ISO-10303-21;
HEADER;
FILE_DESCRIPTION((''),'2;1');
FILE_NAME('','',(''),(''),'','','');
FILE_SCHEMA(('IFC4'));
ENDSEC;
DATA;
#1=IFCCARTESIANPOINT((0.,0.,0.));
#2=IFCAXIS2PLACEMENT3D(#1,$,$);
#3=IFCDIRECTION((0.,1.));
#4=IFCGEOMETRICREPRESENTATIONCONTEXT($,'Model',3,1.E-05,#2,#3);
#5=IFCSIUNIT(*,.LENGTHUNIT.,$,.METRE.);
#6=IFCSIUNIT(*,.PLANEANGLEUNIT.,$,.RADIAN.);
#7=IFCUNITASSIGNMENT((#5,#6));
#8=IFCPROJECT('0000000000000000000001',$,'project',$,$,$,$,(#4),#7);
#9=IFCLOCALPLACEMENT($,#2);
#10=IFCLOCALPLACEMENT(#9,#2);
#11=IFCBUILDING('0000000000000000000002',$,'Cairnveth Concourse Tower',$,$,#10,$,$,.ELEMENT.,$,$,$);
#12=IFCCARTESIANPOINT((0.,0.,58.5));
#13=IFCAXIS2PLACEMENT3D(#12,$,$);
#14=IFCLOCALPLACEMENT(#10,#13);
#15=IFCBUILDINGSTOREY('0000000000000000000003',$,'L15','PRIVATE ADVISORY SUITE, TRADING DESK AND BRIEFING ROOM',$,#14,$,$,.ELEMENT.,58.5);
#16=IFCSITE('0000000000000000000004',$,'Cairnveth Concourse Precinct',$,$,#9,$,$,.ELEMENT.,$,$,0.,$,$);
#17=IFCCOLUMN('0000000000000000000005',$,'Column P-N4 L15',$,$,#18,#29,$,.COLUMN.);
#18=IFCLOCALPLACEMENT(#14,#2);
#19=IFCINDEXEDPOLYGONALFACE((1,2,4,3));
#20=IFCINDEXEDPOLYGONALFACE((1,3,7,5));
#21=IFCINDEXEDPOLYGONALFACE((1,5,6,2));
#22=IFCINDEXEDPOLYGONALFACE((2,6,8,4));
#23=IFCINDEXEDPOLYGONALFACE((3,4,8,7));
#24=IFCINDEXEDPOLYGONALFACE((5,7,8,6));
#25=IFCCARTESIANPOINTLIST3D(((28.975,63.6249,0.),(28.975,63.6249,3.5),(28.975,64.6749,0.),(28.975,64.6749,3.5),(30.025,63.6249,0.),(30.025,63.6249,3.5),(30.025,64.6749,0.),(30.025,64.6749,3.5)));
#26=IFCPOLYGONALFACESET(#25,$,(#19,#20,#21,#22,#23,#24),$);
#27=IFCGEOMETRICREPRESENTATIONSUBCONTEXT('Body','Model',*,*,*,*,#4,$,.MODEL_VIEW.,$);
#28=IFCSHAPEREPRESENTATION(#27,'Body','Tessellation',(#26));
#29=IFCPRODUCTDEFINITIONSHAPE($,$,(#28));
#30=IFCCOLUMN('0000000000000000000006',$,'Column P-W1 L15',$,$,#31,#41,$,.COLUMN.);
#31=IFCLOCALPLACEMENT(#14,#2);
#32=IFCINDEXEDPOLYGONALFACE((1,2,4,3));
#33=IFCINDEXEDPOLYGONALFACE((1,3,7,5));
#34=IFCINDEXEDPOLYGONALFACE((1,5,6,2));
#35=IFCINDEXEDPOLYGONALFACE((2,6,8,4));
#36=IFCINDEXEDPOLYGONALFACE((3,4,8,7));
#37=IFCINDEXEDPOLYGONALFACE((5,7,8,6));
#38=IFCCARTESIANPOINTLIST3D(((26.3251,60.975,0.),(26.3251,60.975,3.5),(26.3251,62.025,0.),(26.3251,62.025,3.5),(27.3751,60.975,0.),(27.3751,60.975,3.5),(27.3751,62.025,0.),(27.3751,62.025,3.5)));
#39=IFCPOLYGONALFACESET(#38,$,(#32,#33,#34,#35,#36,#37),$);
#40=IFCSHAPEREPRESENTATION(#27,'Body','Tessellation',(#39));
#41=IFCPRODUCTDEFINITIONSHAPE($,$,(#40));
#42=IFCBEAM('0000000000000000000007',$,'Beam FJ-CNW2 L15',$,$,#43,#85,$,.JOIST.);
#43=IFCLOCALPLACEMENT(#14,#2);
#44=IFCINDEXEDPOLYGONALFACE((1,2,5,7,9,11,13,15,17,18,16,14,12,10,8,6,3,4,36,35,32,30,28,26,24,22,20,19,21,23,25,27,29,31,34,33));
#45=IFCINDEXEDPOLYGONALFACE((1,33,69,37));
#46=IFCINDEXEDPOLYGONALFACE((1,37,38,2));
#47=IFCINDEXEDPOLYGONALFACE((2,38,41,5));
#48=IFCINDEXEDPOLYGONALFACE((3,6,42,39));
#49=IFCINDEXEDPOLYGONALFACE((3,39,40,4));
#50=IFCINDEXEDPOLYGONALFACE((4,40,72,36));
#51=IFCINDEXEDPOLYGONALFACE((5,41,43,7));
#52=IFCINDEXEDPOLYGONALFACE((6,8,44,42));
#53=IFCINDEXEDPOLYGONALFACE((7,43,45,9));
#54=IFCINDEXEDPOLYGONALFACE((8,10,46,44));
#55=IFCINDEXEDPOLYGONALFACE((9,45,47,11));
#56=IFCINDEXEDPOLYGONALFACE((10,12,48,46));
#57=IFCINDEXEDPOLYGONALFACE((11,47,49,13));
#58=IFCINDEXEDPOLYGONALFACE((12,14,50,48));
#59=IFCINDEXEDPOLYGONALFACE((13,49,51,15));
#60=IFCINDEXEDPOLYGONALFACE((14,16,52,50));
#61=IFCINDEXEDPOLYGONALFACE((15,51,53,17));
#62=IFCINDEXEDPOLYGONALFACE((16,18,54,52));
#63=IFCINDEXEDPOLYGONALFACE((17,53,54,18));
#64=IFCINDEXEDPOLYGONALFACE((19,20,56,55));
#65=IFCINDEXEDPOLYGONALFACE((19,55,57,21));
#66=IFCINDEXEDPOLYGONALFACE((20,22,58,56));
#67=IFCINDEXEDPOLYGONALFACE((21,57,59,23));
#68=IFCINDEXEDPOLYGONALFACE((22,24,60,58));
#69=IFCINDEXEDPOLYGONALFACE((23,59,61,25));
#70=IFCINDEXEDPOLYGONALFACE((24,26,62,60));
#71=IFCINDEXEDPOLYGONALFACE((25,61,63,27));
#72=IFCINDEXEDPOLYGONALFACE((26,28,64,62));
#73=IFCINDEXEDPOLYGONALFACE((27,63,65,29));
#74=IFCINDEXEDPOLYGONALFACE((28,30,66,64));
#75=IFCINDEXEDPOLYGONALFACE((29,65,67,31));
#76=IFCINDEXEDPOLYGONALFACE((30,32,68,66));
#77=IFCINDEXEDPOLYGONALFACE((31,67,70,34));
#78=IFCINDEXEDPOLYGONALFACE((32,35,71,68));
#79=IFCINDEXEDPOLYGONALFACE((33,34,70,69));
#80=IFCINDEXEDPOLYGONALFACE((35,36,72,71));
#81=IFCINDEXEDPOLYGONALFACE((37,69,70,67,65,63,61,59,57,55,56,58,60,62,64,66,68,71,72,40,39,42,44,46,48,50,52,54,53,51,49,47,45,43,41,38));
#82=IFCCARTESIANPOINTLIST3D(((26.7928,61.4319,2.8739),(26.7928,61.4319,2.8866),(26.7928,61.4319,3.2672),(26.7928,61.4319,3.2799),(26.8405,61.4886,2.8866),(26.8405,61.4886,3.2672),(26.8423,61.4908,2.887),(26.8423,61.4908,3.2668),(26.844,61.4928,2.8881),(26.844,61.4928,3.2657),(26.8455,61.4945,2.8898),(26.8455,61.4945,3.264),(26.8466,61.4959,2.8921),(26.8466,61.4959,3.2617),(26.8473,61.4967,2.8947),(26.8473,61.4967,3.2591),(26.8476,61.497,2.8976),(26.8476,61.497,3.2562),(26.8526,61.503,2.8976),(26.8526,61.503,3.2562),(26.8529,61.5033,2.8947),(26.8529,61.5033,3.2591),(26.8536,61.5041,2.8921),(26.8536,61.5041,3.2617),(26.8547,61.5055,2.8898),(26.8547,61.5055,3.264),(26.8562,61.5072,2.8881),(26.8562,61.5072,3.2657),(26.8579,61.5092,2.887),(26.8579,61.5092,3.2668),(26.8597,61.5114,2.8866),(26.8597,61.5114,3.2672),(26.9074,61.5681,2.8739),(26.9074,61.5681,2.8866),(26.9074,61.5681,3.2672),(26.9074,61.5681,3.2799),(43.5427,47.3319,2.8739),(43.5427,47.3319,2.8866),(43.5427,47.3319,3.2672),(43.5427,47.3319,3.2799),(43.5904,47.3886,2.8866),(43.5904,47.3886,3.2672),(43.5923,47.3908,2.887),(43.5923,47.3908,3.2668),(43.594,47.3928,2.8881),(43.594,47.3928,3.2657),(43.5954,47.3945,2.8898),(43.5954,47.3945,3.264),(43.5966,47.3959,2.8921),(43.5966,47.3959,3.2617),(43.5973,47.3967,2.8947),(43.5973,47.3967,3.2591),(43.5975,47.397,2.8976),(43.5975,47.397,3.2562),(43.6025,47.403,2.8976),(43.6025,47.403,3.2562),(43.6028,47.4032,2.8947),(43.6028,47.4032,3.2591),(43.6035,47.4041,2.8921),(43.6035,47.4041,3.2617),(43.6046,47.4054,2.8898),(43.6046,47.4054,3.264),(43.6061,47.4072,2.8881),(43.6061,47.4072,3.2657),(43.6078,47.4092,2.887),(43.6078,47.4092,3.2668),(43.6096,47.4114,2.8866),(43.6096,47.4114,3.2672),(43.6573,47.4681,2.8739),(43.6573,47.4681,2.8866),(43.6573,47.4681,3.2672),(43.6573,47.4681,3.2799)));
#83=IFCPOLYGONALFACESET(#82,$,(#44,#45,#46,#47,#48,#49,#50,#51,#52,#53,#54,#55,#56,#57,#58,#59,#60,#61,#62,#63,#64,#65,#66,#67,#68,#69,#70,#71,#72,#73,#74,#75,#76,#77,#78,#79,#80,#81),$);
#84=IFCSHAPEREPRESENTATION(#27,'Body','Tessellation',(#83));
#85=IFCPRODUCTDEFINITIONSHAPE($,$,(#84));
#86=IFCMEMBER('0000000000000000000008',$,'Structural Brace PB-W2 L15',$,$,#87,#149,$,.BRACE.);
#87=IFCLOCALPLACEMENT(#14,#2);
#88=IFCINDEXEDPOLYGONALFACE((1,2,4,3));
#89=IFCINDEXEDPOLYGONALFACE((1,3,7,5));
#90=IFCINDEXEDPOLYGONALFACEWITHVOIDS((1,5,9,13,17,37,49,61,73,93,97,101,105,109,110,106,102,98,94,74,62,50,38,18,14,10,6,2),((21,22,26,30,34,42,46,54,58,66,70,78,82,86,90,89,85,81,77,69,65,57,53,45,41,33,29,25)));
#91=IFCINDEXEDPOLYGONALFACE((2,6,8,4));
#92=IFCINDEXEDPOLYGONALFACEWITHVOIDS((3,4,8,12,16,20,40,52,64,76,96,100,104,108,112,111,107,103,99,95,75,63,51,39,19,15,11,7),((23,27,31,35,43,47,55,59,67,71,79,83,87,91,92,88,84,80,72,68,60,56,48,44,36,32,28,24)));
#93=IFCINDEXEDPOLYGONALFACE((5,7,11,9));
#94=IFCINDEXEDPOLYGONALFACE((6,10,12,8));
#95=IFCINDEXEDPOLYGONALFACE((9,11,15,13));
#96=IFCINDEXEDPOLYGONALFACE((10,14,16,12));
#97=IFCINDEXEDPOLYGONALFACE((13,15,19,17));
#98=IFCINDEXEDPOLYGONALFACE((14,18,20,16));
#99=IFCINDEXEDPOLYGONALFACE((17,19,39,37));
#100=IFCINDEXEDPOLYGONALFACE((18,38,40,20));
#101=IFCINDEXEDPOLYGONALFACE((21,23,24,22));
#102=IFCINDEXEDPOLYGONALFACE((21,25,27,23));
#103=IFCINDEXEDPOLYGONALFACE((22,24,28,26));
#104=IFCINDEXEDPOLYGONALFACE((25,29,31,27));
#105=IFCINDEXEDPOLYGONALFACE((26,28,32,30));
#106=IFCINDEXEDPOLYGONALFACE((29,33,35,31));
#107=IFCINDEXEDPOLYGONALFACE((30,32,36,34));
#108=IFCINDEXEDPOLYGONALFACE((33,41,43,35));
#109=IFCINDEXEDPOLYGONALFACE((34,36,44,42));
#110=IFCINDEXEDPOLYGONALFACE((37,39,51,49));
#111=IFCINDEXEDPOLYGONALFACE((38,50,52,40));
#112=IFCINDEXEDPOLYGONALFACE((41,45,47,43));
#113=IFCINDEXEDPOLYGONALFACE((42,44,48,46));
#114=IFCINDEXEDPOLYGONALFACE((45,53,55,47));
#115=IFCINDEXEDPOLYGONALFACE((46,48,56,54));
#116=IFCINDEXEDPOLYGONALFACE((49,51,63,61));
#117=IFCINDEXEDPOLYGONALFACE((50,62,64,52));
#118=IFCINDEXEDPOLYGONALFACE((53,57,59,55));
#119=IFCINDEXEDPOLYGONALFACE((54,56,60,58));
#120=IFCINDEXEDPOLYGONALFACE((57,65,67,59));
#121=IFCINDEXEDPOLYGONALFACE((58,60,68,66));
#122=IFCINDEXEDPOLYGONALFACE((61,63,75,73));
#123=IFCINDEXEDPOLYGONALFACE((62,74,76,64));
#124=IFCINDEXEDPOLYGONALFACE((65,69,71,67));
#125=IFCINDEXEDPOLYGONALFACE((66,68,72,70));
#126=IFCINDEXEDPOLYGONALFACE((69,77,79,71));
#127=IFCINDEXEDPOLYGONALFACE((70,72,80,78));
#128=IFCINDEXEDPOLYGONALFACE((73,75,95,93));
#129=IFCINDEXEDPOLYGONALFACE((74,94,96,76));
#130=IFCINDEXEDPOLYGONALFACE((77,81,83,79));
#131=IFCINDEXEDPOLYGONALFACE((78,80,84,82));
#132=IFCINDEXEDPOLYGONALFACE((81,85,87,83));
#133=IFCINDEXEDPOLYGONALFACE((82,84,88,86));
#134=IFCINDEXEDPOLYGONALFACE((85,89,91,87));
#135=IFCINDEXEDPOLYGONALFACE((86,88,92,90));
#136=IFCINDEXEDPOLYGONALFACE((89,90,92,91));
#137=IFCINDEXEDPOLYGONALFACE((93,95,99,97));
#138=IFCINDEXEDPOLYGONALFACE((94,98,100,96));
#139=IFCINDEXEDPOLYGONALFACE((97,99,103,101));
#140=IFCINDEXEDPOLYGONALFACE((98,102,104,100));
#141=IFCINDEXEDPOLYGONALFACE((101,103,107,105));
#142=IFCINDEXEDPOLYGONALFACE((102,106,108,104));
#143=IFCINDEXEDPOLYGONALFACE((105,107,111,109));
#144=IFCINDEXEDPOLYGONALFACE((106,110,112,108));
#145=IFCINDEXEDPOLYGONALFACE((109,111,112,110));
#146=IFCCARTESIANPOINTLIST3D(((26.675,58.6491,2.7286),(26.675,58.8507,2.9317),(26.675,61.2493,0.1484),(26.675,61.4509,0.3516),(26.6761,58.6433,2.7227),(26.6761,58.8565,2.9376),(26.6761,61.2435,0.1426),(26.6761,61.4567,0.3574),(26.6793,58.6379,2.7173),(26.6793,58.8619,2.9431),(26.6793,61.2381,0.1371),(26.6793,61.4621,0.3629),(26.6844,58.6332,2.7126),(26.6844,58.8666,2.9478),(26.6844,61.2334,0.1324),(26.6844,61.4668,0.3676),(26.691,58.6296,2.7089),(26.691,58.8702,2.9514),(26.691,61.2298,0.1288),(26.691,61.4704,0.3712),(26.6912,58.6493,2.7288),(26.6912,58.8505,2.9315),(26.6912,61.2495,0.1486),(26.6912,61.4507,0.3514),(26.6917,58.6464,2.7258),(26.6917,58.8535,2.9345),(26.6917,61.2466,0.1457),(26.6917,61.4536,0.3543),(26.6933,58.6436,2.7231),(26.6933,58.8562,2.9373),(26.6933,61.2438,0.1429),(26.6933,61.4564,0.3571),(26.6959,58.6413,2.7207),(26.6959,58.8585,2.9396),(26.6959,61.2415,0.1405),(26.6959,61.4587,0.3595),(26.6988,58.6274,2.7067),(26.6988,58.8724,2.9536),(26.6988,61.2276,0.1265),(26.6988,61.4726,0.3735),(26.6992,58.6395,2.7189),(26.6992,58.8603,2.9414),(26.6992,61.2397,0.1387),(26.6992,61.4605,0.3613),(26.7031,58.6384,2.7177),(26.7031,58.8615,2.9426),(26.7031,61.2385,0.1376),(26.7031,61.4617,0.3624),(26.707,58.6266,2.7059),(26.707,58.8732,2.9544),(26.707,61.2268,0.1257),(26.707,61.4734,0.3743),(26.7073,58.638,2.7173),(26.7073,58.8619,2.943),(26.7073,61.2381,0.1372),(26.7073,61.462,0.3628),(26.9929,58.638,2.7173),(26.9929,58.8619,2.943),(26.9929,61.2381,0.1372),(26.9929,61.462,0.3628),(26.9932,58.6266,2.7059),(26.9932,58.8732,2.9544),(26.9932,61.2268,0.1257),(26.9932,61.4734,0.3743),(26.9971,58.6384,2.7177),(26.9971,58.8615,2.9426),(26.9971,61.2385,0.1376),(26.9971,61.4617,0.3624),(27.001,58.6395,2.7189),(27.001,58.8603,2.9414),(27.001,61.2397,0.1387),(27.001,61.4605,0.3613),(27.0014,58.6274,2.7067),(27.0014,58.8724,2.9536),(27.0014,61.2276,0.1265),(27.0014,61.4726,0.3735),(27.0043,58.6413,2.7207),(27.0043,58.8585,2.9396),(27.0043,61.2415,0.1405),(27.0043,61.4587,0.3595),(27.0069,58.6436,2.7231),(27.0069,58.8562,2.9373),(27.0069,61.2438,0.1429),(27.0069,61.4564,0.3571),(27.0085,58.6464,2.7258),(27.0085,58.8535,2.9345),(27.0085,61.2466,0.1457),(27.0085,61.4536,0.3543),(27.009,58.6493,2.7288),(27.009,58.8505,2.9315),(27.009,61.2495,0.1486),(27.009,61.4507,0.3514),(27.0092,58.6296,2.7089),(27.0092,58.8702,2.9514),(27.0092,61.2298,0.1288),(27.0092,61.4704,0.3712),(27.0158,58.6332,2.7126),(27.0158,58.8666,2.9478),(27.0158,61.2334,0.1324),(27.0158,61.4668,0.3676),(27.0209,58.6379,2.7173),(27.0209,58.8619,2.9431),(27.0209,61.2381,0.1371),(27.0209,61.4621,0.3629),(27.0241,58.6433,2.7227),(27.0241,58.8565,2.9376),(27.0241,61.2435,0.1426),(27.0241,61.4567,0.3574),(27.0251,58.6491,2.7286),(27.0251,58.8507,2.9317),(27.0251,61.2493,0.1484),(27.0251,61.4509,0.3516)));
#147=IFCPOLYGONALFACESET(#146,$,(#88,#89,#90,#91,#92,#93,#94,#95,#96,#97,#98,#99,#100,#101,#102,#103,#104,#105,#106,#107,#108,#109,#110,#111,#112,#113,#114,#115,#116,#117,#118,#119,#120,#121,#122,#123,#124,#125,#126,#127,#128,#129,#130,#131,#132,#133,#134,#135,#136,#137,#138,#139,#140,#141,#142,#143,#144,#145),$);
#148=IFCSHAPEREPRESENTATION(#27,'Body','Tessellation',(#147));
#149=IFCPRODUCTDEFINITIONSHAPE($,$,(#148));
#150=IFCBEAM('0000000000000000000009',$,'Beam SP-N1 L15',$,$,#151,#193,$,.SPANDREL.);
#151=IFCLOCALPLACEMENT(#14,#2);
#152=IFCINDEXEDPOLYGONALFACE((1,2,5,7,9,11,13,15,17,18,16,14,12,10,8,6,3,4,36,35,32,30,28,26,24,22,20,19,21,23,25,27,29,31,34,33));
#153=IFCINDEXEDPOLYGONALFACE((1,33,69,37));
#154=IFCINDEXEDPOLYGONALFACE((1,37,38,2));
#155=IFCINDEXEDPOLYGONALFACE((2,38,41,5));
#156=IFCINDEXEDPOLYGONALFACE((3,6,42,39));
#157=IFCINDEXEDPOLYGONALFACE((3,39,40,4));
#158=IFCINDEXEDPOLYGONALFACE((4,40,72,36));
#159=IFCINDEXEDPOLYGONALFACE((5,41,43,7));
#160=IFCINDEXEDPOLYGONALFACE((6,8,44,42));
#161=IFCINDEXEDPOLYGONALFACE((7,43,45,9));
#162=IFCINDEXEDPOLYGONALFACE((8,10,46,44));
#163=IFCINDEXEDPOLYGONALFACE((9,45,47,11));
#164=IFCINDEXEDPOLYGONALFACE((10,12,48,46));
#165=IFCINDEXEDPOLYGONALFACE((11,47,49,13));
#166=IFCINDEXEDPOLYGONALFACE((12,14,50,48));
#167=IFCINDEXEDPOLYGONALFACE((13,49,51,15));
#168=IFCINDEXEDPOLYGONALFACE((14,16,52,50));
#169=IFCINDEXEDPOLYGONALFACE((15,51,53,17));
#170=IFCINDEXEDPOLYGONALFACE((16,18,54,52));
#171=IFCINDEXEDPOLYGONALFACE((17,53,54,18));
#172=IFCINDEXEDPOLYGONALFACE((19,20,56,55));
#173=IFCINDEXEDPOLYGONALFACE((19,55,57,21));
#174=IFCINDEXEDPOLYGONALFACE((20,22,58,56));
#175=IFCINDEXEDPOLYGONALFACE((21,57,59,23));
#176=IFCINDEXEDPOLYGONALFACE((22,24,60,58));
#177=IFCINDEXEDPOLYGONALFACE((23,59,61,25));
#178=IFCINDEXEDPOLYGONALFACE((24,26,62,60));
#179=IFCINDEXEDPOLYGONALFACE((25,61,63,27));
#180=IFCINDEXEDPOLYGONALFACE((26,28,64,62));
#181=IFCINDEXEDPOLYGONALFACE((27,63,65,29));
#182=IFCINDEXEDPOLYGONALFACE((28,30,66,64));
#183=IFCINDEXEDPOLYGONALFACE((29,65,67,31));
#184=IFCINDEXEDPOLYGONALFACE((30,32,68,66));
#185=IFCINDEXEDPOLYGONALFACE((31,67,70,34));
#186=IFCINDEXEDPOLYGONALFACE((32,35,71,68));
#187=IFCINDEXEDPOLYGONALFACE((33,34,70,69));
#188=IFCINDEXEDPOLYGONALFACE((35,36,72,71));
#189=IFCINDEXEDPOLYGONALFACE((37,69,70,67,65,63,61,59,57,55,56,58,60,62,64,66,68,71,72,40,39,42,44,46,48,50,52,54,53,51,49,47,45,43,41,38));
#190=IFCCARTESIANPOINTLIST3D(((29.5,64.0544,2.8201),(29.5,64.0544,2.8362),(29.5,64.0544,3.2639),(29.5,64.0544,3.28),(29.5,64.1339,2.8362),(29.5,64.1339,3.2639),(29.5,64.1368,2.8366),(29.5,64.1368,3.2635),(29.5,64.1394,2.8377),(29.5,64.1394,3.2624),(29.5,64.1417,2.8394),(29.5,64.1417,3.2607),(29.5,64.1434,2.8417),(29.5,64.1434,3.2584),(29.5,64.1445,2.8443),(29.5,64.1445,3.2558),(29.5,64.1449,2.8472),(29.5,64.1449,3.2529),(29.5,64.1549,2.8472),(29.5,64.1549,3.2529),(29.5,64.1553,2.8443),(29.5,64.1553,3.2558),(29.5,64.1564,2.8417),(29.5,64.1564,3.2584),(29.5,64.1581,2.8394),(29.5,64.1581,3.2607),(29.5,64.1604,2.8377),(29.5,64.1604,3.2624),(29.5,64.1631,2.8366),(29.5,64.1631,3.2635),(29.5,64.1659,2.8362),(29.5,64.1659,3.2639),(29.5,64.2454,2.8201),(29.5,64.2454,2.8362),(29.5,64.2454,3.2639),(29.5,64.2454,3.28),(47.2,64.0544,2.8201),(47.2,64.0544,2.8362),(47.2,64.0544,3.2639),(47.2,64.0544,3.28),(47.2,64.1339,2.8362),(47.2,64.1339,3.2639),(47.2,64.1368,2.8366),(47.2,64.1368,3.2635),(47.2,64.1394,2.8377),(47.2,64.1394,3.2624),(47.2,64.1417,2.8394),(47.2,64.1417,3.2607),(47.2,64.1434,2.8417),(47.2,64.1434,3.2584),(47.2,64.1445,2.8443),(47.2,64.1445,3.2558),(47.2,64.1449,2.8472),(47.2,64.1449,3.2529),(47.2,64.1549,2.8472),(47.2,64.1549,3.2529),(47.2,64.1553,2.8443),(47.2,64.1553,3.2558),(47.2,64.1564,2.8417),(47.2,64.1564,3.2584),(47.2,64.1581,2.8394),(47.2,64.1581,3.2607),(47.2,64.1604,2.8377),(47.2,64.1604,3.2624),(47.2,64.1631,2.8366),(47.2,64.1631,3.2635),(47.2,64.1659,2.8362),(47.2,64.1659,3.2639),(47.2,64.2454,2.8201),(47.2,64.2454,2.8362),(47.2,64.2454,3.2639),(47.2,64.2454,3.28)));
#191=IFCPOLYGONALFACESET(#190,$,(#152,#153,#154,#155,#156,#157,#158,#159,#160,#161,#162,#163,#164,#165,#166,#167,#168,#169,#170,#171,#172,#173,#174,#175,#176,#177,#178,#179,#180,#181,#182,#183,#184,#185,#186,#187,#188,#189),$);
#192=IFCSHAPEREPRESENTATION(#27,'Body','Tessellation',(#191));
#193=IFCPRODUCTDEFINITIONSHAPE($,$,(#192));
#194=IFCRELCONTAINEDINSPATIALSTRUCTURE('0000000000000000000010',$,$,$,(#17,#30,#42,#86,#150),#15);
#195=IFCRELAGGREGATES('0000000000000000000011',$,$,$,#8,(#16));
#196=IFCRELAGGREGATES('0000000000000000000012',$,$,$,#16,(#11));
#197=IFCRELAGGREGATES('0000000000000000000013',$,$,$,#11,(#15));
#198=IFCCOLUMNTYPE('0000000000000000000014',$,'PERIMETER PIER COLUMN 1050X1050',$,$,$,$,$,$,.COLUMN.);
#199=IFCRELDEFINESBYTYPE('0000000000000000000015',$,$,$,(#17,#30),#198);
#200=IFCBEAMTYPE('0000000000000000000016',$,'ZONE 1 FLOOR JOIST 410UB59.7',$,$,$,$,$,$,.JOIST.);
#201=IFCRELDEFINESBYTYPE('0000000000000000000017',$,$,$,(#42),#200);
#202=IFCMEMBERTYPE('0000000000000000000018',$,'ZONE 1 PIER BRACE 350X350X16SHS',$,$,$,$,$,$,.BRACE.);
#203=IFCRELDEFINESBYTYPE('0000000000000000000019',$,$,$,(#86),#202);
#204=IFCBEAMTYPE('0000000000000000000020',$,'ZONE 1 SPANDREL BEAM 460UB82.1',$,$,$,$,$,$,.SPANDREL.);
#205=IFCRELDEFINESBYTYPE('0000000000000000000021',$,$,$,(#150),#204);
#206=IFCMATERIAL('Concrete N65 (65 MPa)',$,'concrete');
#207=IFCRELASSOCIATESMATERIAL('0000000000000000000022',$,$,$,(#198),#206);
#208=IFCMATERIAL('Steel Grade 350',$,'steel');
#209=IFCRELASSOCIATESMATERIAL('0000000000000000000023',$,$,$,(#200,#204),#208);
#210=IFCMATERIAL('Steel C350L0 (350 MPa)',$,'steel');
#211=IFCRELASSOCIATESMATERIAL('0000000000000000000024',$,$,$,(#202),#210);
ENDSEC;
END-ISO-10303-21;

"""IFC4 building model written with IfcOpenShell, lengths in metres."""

from ifc_helpers import new_model, si_unit, direction, frame, origin, origin_2d, place, context, subcontext, project, spatial, rectangle, hollow_rectangle, i_section, extrude, material, material_profile, profile_set, type_object, element, save


model = new_model("IFC4")

# Units and contexts
model_context = context("Model", 3, precision=1e-05, world=origin(), true_north=direction((0.0, 1.0)))
body_context = subcontext(model_context, "Body", "Model", "MODEL_VIEW")
ifc_project = project(units=[si_unit("LENGTHUNIT", "METRE"), si_unit("PLANEANGLEUNIT", "RADIAN")], contexts=[model_context])

# Site, building, storey
site_placement = place(None, origin())
site = spatial("IfcSite", under=ifc_project, at=site_placement, Name="Cairnveth Concourse Precinct", CompositionType="ELEMENT", RefElevation=0.0)
building_placement = place(site_placement, origin())
building = spatial("IfcBuilding", under=site, at=building_placement, Name="Cairnveth Concourse Tower", CompositionType="ELEMENT")
storey_placement = place(building_placement, frame((0.0, 0.0, 58.5)))
storey = spatial("IfcBuildingStorey", under=building, at=storey_placement, Name="L15", Description="PRIVATE ADVISORY SUITE, TRADING DESK AND BRIEFING ROOM", CompositionType="ELEMENT", Elevation=58.5)

# Columns
ifc_material_1 = material(Name="Concrete N65 (65 MPa)", Category="concrete")
ifc_material_profile_1 = material_profile(ifc_material_1, rectangle(XDim=1.05, YDim=1.05, at=origin_2d()), Name="RC-COL-1050x1050")
ifc_profile_set_1 = profile_set([ifc_material_profile_1], Name="Concrete N65 (65 MPa)")
column_type = type_object("IfcColumnType", Name="PERIMETER PIER COLUMN 1050X1050", PredefinedType="COLUMN", material=ifc_profile_set_1)
for number, where, z_axis, x_axis, name in (
    (1, (29.5, 64.1499, 0.0), (0.0, 0.0, 1.0), (1.0, 0.0, 0.0), "Column P-N4 L15"),
    (2, (26.8501, 61.5, 0.0), (0.0, 0.0, 1.0), (0.0, 1.0, 0.0), "Column P-W1 L15"),
):
    element("IfcColumn", number, at=place(storey_placement, frame(where, z_axis=z_axis, x_axis=x_axis)), inside=storey, type_object=column_type, Name=name, PredefinedType="COLUMN", context=body_context, shape_type="SweptSolid", body=[
        extrude(rectangle(XDim=1.05, YDim=1.05, at=origin_2d()), origin(), (0.0, 0.0, 1.0), 3.5),
    ])

# Beam
ifc_material_2 = material(Name="Steel Grade 350", Category="steel")
ifc_material_profile_2 = material_profile(ifc_material_2, i_section(OverallWidth=0.178, OverallDepth=0.406, WebThickness=0.0078, FlangeThickness=0.0127, FilletRadius=0.011, at=origin_2d()), Name="410UB59.7")
ifc_profile_set_2 = profile_set([ifc_material_profile_2], Name="Steel Grade 350")
beam_type_1 = type_object("IfcBeamType", Name="ZONE 1 FLOOR JOIST 410UB59.7", PredefinedType="JOIST", material=ifc_profile_set_2)
beam_1_placement = place(storey_placement, frame((26.8501, 61.5, 3.0769), z_axis=(0.765027, -0.643998, 0.0), x_axis=(0.643998, 0.765027, 0.0)))
element("IfcBeam", 3, at=beam_1_placement, inside=storey, type_object=beam_type_1, Name="Beam FJ-CNW2 L15", PredefinedType="JOIST", context=body_context, shape_type="SweptSolid", body=[
    extrude(i_section(OverallWidth=0.178, OverallDepth=0.406, WebThickness=0.0078, FlangeThickness=0.0127, FilletRadius=0.011, at=origin_2d()), origin(), (0.0, 0.0, 1.0), 21.8945),
])

# Member
ifc_material_3 = material(Name="Steel C350L0 (350 MPa)", Category="steel")
ifc_material_profile_3 = material_profile(ifc_material_3, hollow_rectangle(XDim=0.3501, YDim=0.3501, WallThickness=0.0161, InnerFilletRadius=0.0161, OuterFilletRadius=0.032, at=origin_2d()), Name="350x350x16.0SHS")
ifc_profile_set_3 = profile_set([ifc_material_profile_3], Name="Steel C350L0 (350 MPa)")
member_type = type_object("IfcMemberType", Name="ZONE 1 PIER BRACE 350X350X16SHS", PredefinedType="BRACE", material=ifc_profile_set_3)
member_placement = place(storey_placement, frame((26.8501, 61.3501, 0.25), z_axis=(0.0, -0.709834, 0.704369), x_axis=(1.0, 0.0, 0.0)))
element("IfcMember", 4, at=member_placement, inside=storey, type_object=member_type, Name="Structural Brace PB-W2 L15", PredefinedType="BRACE", context=body_context, shape_type="SweptSolid", body=[
    extrude(hollow_rectangle(XDim=0.3501, YDim=0.3501, WallThickness=0.0161, InnerFilletRadius=0.0161, OuterFilletRadius=0.032, at=origin_2d()), origin(), (0.0, 0.0, 1.0), 3.6631),
])

# Beam
ifc_material_profile_4 = material_profile(ifc_material_2, i_section(OverallWidth=0.1909, OverallDepth=0.46, WebThickness=0.01, FlangeThickness=0.0161, FilletRadius=0.011, at=origin_2d()), Name="460UB82.1")
ifc_profile_set_4 = profile_set([ifc_material_profile_4], Name="Steel Grade 350")
beam_type_2 = type_object("IfcBeamType", Name="ZONE 1 SPANDREL BEAM 460UB82.1", PredefinedType="SPANDREL", material=ifc_profile_set_4)
beam_2_placement = place(storey_placement, frame((29.5, 64.1499, 3.05), z_axis=(1.0, 0.0, 0.0), x_axis=(0.0, 1.0, 0.0)))
element("IfcBeam", 5, at=beam_2_placement, inside=storey, type_object=beam_type_2, Name="Beam SP-N1 L15", PredefinedType="SPANDREL", context=body_context, shape_type="SweptSolid", body=[
    extrude(i_section(OverallWidth=0.1909, OverallDepth=0.46, WebThickness=0.01, FlangeThickness=0.0161, FilletRadius=0.011, at=origin_2d()), origin(), (0.0, 0.0, 1.0), 17.7),
])

save(model, "model.ifc")
